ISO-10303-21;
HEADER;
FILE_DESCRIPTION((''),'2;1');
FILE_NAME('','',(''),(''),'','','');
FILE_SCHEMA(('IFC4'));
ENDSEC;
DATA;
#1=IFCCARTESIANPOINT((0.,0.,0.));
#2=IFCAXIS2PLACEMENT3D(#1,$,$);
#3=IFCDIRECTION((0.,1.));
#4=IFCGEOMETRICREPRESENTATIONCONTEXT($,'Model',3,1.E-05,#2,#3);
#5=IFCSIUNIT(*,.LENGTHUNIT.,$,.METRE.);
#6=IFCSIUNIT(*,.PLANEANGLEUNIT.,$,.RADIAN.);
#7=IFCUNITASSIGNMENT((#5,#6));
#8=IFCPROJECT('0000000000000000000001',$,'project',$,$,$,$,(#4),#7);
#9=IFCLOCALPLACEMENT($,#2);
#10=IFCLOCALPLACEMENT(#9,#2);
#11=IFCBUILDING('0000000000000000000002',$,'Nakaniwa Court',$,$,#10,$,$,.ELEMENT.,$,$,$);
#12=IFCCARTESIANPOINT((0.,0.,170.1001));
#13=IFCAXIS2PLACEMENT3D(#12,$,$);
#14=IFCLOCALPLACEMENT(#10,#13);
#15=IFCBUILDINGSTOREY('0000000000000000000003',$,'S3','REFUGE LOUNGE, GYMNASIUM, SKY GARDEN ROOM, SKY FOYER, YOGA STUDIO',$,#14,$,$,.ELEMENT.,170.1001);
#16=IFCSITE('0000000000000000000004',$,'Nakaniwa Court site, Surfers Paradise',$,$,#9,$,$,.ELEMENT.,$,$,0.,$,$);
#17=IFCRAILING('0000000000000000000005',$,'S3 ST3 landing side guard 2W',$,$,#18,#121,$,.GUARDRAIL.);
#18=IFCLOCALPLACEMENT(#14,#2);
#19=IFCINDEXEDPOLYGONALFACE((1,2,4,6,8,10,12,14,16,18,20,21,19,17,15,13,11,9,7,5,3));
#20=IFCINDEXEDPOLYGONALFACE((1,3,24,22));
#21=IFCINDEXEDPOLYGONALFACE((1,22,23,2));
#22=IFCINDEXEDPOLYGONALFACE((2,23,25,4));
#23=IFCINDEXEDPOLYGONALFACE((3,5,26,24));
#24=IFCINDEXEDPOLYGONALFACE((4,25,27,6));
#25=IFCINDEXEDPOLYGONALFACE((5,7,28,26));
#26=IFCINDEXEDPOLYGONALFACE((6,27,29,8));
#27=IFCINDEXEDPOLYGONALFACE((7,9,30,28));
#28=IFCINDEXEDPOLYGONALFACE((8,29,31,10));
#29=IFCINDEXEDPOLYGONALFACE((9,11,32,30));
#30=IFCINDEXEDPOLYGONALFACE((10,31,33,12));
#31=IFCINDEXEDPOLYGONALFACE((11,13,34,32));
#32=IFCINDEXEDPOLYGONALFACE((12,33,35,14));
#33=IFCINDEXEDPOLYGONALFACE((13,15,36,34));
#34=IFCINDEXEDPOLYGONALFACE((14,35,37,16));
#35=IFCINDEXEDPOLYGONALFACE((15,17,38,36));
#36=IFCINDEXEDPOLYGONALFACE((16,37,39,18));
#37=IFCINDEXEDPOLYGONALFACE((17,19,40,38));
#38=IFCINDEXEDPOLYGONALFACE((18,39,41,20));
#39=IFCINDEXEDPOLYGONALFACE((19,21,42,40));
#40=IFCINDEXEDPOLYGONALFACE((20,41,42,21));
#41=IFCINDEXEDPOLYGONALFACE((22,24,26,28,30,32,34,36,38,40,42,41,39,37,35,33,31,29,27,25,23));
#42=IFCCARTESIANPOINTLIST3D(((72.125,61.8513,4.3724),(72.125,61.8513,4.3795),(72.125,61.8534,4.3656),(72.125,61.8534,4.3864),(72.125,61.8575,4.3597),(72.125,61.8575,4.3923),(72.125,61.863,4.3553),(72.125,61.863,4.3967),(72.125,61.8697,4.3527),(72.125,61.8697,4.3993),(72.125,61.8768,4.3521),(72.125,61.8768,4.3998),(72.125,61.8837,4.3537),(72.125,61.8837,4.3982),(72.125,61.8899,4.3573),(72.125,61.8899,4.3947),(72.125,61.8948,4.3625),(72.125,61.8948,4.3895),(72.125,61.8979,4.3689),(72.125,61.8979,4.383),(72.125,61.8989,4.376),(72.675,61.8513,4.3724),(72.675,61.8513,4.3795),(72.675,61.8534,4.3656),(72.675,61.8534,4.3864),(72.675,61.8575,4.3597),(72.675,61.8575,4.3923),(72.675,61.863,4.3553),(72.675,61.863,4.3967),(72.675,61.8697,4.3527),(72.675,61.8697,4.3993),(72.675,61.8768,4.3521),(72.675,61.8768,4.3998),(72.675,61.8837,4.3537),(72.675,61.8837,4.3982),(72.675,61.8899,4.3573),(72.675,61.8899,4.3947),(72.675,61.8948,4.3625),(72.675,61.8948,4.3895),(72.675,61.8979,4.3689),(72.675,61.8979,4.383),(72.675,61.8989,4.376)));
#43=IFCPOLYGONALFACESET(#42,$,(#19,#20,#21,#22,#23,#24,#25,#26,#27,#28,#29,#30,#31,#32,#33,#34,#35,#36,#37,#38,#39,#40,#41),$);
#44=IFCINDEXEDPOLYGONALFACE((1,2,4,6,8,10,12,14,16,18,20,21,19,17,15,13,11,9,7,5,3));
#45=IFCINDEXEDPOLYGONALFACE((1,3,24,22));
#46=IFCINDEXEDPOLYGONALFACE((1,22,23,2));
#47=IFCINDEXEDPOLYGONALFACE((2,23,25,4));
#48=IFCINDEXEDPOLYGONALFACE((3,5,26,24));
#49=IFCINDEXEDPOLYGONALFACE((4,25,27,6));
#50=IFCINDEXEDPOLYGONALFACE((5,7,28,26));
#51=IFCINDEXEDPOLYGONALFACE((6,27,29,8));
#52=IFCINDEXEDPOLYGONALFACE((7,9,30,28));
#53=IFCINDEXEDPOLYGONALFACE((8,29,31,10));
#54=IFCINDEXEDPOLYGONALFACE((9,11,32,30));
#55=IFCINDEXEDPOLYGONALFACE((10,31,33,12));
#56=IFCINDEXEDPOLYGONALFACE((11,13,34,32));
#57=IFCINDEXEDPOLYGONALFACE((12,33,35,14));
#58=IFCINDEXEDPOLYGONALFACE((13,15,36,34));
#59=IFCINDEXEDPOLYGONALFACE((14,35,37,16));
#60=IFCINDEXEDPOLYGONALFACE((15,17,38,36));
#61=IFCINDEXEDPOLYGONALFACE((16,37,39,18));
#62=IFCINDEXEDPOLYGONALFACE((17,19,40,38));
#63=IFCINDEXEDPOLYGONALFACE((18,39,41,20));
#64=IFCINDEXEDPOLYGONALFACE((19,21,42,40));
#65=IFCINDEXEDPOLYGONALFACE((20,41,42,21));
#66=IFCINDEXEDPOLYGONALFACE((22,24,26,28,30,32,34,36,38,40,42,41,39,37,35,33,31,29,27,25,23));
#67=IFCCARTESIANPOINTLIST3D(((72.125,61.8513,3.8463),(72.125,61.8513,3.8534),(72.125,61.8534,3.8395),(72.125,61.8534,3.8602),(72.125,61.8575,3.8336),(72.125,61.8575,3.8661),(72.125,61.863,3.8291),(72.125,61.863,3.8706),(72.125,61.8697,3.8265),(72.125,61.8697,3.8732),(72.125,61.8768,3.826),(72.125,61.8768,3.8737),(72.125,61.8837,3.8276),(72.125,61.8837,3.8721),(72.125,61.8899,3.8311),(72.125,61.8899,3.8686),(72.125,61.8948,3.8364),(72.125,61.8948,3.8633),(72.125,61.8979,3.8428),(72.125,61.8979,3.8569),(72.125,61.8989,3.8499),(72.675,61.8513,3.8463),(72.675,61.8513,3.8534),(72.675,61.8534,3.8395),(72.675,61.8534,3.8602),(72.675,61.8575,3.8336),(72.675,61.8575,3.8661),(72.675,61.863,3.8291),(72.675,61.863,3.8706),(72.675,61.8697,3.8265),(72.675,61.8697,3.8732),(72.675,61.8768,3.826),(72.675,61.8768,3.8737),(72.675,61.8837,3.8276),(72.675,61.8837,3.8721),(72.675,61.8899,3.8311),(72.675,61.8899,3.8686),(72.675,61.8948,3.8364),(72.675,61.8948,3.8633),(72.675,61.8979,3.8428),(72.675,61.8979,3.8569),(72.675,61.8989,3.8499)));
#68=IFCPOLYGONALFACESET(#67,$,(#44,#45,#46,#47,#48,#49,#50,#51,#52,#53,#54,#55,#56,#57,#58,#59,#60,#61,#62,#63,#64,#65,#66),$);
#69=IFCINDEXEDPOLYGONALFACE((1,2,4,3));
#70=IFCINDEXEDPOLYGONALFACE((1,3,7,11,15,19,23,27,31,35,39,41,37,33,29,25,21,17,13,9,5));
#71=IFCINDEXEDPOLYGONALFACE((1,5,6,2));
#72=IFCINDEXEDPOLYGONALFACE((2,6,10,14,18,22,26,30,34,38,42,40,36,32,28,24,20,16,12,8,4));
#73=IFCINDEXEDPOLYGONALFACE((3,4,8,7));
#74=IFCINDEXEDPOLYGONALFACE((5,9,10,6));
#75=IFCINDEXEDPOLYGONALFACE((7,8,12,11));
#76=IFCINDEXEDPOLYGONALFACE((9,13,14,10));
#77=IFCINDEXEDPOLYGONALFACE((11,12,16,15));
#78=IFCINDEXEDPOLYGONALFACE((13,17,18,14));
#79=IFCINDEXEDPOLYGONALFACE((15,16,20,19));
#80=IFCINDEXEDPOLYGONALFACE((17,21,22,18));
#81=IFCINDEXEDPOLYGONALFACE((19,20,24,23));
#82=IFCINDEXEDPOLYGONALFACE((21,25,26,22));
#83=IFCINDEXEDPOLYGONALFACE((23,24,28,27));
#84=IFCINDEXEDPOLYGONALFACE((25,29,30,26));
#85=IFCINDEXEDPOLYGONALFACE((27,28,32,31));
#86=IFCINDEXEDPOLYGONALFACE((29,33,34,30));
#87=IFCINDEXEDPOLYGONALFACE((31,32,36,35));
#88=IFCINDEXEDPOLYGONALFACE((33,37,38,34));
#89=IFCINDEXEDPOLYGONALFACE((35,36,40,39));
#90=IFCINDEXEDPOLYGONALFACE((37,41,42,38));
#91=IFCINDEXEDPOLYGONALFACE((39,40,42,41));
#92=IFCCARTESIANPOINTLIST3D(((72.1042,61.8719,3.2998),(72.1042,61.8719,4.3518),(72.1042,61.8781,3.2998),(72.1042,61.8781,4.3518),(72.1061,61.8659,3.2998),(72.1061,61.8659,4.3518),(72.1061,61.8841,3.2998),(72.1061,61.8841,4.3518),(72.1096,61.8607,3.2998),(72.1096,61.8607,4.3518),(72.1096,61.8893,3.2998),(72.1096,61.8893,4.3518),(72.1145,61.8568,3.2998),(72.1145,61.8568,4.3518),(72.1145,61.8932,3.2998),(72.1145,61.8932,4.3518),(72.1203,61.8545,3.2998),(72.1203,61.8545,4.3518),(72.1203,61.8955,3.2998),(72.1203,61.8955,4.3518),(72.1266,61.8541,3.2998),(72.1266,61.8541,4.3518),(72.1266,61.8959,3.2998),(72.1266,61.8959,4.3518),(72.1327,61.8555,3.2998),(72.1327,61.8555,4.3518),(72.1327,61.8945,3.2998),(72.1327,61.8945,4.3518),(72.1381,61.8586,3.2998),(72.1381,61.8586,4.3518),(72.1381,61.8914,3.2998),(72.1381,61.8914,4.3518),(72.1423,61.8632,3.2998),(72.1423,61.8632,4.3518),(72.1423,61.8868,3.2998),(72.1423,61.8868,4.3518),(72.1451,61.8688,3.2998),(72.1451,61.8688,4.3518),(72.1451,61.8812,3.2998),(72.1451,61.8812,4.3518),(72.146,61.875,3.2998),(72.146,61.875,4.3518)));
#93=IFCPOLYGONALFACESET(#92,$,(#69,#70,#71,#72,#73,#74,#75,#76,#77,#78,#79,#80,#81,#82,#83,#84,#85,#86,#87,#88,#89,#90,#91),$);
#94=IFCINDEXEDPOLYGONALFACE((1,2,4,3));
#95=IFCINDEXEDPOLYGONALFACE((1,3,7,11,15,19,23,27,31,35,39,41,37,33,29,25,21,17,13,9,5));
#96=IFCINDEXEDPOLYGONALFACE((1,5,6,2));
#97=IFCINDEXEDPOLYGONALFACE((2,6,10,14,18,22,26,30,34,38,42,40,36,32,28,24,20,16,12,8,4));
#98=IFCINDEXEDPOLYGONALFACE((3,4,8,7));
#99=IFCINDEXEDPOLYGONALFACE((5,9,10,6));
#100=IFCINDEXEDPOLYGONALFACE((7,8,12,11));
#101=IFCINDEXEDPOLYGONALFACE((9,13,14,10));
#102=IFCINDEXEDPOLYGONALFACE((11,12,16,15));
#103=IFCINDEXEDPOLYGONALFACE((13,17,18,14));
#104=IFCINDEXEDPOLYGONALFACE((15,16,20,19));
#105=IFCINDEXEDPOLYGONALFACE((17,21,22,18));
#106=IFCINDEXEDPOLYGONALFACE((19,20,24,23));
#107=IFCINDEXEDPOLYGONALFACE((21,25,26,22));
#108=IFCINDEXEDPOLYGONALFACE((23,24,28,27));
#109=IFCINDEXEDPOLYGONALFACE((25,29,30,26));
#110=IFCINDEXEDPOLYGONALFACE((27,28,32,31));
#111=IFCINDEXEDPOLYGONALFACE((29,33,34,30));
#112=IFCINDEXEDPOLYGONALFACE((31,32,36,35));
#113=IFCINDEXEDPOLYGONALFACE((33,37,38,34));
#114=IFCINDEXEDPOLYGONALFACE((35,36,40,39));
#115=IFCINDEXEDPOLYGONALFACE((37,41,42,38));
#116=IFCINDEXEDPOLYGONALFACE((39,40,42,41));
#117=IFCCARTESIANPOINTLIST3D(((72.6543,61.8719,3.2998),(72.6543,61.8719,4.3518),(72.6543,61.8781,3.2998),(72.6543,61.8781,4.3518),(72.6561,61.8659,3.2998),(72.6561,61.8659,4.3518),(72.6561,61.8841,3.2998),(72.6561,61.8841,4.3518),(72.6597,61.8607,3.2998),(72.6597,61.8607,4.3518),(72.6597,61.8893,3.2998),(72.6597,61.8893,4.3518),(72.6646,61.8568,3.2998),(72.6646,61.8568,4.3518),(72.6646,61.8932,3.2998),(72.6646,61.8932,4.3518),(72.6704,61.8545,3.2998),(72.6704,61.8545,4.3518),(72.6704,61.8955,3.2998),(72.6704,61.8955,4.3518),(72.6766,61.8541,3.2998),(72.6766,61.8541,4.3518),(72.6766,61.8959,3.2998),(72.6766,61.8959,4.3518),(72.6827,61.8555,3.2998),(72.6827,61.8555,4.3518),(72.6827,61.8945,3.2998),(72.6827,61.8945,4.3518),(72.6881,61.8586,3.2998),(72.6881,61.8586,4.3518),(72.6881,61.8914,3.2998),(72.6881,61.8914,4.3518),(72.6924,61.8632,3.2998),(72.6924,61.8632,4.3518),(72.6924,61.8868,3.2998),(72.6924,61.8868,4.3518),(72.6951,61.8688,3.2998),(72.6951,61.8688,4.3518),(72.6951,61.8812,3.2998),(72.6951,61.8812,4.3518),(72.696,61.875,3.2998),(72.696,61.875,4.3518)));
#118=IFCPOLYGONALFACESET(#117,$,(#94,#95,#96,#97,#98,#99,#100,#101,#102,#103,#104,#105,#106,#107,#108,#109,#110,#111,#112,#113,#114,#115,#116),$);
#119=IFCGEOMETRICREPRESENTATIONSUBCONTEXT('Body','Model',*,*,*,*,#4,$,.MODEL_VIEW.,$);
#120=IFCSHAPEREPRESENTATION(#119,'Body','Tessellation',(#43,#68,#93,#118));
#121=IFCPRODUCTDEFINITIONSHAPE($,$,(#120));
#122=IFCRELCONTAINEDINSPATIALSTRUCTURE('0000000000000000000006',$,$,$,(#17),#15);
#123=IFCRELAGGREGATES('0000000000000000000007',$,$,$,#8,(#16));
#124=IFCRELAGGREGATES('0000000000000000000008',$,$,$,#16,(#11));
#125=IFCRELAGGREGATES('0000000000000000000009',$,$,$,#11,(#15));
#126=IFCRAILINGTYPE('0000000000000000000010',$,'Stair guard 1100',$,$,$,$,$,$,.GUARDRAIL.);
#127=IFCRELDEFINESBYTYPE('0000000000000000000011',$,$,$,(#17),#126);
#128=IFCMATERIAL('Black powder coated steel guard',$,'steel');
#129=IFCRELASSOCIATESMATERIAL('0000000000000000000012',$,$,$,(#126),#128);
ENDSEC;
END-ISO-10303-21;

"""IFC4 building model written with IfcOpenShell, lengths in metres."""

from ifc_helpers import new_model, si_unit, direction, frame, origin, origin_2d, place, context, subcontext, project, spatial, circle, extrude, material, type_object, element, save


model = new_model("IFC4")

# Units and contexts
model_context = context("Model", 3, precision=1e-05, world=origin(), true_north=direction((0.0, 1.0)))
body_context = subcontext(model_context, "Body", "Model", "MODEL_VIEW")
ifc_project = project(units=[si_unit("LENGTHUNIT", "METRE"), si_unit("PLANEANGLEUNIT", "RADIAN")], contexts=[model_context])

# Site, building, storey
site_placement = place(None, origin())
site = spatial("IfcSite", under=ifc_project, at=site_placement, Name="Nakaniwa Court site, Surfers Paradise", CompositionType="ELEMENT", RefElevation=0.0)
building_placement = place(site_placement, origin())
building = spatial("IfcBuilding", under=site, at=building_placement, Name="Nakaniwa Court", CompositionType="ELEMENT")
storey_placement = place(building_placement, frame((0.0, 0.0, 170.1001)))
storey = spatial("IfcBuildingStorey", under=building, at=storey_placement, Name="S3", Description="REFUGE LOUNGE, GYMNASIUM, SKY GARDEN ROOM, SKY FOYER, YOGA STUDIO", CompositionType="ELEMENT", Elevation=170.1001)

# Railing
ifc_material_1 = material(Name="Black powder coated steel guard", Category="steel")
railing_type_1 = type_object("IfcRailingType", Name="Stair guard 1100", PredefinedType="GUARDRAIL", material=ifc_material_1)
for number, where, name in (
    (1, (72.125, 61.875, 3.2998), "S3 ST3 landing side guard 2W"),
):
    element("IfcRailing", number, at=place(storey_placement, frame(where)), inside=storey, type_object=railing_type_1, Name=name, PredefinedType="GUARDRAIL", context=body_context, shape_type="SweptSolid", body=[
        extrude(circle(Radius=0.0239, at=origin_2d()), frame((0.0, 0.0, 1.0762), z_axis=(1.0, 0.0, 0.0), x_axis=(0.0, 1.0, 0.0)), (0.0, 0.0, 1.0), 0.55),
        extrude(circle(Radius=0.0239, at=origin_2d()), frame((0.0, 0.0, 0.55), z_axis=(1.0, 0.0, 0.0), x_axis=(0.0, 1.0, 0.0)), (0.0, 0.0, 1.0), 0.55),
        extrude(circle(Radius=0.021, at=origin_2d()), origin(), (0.0, 0.0, 1.0), 1.052),
        extrude(circle(Radius=0.021, at=origin_2d()), frame((0.55, 0.0, 0.0)), (0.0, 0.0, 1.0), 1.052),
    ])

save(model, "model.ifc")
